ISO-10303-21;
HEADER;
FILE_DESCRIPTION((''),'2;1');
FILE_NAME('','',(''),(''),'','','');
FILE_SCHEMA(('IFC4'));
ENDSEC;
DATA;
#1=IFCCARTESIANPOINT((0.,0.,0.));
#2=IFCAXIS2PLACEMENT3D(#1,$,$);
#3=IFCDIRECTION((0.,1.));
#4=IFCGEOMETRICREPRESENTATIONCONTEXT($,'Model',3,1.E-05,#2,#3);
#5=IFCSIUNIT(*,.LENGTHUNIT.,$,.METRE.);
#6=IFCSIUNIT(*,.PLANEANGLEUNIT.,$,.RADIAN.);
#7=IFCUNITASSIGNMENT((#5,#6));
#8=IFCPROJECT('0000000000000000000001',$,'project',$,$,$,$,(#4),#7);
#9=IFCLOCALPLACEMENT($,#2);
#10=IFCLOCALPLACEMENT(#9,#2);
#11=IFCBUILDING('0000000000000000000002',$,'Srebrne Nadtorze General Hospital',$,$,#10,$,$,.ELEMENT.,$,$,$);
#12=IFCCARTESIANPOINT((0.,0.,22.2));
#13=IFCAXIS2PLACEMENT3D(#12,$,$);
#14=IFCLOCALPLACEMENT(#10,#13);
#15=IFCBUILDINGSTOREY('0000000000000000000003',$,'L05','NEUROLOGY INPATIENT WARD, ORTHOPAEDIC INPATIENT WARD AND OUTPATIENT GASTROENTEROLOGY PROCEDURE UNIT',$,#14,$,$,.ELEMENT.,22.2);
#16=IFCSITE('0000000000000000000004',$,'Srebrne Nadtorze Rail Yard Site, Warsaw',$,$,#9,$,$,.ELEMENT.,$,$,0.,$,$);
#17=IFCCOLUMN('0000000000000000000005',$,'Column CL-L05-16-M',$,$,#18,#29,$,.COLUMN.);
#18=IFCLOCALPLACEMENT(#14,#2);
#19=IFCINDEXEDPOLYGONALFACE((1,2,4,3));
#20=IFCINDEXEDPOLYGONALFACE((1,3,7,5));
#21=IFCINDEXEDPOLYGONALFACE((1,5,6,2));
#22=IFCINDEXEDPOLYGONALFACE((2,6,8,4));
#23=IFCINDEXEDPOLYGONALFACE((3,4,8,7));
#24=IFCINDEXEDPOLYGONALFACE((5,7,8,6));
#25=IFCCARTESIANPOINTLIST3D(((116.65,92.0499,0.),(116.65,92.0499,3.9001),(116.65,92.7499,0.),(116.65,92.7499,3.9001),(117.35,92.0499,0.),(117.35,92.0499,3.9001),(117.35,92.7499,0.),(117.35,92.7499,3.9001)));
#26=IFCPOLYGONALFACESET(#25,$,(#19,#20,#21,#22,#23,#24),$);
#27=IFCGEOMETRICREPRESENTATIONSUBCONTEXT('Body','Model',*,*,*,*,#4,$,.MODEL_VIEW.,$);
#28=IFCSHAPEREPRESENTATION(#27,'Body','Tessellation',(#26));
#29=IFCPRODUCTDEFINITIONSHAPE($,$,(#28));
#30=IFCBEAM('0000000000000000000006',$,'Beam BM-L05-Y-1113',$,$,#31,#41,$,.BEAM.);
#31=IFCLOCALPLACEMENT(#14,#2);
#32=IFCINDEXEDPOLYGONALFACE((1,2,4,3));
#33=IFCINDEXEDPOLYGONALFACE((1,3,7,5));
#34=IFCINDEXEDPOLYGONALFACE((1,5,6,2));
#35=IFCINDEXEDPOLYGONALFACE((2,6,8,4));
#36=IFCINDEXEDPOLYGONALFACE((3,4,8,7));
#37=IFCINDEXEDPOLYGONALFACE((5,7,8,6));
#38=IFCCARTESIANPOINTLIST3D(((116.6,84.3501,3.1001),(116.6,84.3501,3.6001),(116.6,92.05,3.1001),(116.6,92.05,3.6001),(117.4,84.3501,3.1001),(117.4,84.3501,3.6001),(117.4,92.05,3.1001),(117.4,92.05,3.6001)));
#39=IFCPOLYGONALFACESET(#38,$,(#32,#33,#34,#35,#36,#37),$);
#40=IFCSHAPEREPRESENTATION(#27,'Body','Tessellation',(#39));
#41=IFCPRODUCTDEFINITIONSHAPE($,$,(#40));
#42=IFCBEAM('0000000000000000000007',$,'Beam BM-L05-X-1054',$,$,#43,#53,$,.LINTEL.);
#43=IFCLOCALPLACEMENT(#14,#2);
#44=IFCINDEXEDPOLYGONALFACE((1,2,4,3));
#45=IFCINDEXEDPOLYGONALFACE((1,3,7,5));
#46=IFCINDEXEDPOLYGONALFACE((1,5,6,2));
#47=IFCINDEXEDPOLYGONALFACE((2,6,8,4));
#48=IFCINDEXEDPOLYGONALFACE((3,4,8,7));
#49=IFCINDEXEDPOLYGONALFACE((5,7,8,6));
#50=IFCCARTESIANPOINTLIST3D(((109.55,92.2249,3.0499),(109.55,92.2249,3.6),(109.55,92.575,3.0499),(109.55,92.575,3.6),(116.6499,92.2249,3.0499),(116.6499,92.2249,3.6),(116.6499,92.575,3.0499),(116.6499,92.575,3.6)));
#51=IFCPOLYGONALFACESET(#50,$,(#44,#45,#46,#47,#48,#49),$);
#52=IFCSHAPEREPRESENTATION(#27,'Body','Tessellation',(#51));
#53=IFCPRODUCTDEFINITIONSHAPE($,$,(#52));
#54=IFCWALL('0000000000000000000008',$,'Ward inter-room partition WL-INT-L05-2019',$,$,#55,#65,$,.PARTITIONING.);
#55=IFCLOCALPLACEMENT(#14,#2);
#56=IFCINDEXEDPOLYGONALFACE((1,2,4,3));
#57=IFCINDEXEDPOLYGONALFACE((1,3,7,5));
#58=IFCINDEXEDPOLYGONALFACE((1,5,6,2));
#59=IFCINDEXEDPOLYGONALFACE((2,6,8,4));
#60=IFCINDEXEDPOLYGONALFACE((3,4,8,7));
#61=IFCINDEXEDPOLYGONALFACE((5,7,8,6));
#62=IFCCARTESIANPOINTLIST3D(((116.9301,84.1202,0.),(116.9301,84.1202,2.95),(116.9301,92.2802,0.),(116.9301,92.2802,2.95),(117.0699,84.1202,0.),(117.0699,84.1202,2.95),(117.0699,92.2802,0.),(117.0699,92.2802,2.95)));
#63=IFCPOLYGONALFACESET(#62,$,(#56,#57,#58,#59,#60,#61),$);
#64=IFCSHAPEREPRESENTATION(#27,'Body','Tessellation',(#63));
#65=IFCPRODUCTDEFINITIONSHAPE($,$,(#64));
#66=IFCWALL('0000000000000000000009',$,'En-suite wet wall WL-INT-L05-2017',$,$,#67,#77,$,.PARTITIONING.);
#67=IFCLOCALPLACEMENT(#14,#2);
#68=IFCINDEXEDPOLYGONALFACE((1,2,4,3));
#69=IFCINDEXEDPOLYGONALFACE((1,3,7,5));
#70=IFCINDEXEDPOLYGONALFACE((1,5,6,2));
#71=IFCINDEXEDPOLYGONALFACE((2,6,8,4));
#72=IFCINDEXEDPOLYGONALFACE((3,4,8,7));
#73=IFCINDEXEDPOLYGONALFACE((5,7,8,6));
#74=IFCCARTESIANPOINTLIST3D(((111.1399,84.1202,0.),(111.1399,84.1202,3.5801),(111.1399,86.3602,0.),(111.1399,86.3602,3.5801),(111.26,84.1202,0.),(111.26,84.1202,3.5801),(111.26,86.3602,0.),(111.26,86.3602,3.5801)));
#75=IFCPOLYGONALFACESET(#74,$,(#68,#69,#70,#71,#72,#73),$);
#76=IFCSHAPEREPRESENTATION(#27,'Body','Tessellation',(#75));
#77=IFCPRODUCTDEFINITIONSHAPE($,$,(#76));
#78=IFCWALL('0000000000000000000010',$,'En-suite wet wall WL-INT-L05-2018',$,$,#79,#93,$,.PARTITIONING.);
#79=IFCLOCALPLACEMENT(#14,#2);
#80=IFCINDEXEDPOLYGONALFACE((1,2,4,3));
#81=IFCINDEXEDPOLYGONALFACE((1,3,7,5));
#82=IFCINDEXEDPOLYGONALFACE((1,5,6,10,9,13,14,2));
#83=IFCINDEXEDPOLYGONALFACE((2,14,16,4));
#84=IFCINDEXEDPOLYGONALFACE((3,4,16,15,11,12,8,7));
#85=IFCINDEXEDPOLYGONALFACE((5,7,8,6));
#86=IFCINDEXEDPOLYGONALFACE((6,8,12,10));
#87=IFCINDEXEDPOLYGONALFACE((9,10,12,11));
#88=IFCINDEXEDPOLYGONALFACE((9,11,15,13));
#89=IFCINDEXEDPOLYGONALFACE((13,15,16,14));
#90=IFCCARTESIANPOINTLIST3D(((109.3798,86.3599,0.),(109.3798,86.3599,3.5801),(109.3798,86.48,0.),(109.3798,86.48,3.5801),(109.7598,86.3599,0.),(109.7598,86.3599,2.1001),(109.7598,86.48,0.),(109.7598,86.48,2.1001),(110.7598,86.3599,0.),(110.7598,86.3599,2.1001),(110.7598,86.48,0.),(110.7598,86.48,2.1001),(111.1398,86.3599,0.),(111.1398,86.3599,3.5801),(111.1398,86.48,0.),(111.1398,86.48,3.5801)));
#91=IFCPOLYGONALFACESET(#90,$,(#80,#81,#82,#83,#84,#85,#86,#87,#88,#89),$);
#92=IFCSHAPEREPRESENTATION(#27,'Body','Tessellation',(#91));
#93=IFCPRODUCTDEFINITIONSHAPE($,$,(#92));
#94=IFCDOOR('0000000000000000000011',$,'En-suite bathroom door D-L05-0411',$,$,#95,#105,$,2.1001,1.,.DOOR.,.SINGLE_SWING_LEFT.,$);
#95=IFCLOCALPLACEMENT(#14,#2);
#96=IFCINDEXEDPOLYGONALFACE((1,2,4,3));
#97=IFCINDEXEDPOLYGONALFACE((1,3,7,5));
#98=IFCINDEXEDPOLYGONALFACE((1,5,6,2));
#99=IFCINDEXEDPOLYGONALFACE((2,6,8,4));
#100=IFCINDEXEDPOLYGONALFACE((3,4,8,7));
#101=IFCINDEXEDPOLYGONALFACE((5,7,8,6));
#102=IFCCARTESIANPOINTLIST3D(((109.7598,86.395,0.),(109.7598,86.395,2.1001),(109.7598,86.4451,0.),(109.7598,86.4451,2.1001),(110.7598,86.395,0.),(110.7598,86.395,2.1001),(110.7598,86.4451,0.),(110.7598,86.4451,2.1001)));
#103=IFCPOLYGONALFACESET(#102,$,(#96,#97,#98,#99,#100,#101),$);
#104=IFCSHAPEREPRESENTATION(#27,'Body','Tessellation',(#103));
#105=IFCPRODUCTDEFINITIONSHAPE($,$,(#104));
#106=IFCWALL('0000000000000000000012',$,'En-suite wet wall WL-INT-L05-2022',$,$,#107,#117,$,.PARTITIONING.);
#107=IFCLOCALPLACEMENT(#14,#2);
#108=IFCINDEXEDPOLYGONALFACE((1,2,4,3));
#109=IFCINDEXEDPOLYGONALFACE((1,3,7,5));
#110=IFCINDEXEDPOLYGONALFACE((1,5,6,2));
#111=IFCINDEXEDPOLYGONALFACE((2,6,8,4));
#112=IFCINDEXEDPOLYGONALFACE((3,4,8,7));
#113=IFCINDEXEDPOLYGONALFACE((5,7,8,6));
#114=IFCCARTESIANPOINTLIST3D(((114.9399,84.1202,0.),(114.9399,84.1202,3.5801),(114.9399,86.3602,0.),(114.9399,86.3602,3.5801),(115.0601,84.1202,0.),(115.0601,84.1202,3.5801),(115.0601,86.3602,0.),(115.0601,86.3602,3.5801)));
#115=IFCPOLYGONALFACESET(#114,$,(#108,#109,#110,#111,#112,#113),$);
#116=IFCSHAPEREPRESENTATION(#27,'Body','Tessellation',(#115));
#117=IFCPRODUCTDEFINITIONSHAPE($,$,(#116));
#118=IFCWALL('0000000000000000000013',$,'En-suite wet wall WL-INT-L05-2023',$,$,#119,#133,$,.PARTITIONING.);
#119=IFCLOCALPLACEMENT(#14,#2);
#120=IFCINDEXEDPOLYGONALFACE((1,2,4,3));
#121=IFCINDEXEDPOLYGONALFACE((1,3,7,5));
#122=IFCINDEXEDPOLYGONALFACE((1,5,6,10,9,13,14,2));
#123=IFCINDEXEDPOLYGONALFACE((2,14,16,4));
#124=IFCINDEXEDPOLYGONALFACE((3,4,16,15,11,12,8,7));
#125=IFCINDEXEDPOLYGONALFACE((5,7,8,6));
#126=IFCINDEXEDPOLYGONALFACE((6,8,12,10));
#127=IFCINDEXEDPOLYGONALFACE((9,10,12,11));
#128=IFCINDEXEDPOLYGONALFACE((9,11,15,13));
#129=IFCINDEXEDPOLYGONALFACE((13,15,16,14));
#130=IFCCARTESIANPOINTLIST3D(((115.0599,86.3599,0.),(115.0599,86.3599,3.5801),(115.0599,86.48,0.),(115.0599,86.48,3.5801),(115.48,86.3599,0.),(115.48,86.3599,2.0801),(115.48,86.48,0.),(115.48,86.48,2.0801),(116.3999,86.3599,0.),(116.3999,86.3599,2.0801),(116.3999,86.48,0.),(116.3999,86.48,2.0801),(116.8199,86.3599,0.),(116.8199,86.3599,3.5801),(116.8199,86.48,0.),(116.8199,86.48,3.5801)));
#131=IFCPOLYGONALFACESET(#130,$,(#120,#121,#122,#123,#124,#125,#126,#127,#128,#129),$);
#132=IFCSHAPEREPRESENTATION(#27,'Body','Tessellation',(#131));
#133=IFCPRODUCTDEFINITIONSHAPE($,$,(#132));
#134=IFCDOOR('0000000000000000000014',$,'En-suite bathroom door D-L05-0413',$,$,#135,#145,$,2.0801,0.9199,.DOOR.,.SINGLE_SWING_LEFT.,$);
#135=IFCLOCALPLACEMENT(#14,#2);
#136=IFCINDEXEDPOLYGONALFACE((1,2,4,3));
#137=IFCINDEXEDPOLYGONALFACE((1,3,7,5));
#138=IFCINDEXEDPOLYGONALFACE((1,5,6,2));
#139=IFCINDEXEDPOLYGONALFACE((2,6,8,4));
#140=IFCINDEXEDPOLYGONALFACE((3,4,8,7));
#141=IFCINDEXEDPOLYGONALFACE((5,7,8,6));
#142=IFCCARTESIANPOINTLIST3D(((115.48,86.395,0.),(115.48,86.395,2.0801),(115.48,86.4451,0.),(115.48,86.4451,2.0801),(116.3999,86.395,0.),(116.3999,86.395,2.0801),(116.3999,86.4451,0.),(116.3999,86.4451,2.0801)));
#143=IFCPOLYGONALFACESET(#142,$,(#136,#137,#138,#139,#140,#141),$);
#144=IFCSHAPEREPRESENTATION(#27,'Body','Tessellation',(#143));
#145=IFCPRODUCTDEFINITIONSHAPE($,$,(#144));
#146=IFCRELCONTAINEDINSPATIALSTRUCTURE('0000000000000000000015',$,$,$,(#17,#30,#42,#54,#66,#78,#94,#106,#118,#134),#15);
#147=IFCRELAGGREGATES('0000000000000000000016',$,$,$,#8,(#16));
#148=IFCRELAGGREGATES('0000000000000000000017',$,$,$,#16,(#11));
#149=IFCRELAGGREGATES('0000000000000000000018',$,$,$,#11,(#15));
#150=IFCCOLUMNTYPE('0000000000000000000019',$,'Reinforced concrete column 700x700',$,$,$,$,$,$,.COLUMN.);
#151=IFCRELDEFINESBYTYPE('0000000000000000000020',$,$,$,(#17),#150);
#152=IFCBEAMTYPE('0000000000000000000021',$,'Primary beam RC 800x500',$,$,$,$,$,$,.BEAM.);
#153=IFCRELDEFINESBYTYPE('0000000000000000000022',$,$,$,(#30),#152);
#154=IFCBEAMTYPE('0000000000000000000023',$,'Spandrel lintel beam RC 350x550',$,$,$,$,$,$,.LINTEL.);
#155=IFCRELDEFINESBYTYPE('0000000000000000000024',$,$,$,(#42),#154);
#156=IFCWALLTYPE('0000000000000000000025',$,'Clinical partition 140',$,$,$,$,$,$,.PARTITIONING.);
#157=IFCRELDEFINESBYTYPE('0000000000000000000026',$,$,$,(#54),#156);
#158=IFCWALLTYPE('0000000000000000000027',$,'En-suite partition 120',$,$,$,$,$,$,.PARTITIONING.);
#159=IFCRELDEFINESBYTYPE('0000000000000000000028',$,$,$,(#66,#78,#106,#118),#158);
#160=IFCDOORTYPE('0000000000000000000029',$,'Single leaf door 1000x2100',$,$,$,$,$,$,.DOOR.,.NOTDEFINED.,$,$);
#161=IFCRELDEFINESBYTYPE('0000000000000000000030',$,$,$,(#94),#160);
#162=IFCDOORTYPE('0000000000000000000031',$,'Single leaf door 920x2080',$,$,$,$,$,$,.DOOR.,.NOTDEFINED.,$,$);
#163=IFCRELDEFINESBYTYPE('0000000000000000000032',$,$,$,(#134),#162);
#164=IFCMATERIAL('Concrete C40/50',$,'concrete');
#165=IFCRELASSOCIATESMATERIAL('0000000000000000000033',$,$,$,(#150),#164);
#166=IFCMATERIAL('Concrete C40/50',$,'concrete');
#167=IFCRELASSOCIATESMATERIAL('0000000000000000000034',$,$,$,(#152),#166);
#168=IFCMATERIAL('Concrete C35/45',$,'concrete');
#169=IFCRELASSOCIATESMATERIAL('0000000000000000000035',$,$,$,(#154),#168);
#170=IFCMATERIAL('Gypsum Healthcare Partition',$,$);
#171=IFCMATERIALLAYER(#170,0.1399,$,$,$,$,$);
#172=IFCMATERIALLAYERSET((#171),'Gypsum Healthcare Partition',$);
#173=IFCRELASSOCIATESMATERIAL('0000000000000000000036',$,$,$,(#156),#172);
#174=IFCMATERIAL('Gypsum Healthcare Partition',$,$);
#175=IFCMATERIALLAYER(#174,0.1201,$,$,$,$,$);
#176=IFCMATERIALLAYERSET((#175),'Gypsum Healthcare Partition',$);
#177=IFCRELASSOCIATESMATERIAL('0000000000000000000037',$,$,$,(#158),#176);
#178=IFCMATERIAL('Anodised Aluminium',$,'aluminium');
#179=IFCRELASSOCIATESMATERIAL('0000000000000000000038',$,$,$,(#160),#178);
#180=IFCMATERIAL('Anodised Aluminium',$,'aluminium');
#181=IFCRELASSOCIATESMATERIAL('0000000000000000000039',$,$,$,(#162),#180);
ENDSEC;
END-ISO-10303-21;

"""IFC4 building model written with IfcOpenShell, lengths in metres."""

from ifc_helpers import new_model, si_unit, direction, frame, frame_2d, origin, origin_2d, place, context, subcontext, project, spatial, rectangle, extrude, material, layer, layer_set, material_profile, profile_set, type_object, element, fill, save


model = new_model("IFC4")

# Units and contexts
model_context = context("Model", 3, precision=1e-05, world=origin(), true_north=direction((0.0, 1.0)))
body_context = subcontext(model_context, "Body", "Model", "MODEL_VIEW")
ifc_project = project(units=[si_unit("LENGTHUNIT", "METRE"), si_unit("PLANEANGLEUNIT", "RADIAN")], contexts=[model_context])

# Site, building, storey
site_placement = place(None, origin())
site = spatial("IfcSite", under=ifc_project, at=site_placement, Name="Srebrne Nadtorze Rail Yard Site, Warsaw", CompositionType="ELEMENT", RefElevation=0.0)
building_placement = place(site_placement, origin())
building = spatial("IfcBuilding", under=site, at=building_placement, Name="Srebrne Nadtorze General Hospital", CompositionType="ELEMENT")
storey_placement = place(building_placement, frame((0.0, 0.0, 22.2)))
storey = spatial("IfcBuildingStorey", under=building, at=storey_placement, Name="L05", Description="NEUROLOGY INPATIENT WARD, ORTHOPAEDIC INPATIENT WARD AND OUTPATIENT GASTROENTEROLOGY PROCEDURE UNIT", CompositionType="ELEMENT", Elevation=22.2)

# Column
ifc_material_1 = material(Name="Concrete C40/50", Category="concrete")
ifc_material_profile_1 = material_profile(ifc_material_1, rectangle(XDim=0.7, YDim=0.7, at=origin_2d()), Name="RC-COL-700x700")
ifc_profile_set_1 = profile_set([ifc_material_profile_1], Name="Concrete C40/50")
column_type = type_object("IfcColumnType", Name="Reinforced concrete column 700x700", PredefinedType="COLUMN", material=ifc_profile_set_1)
column_placement = place(storey_placement, frame((117.0, 92.3999, 0.0), z_axis=(0.0, 0.0, 1.0), x_axis=(1.0, 0.0, 0.0)))
element("IfcColumn", 1, at=column_placement, inside=storey, type_object=column_type, Name="Column CL-L05-16-M", PredefinedType="COLUMN", context=body_context, shape_type="SweptSolid", body=[
    extrude(rectangle(XDim=0.7, YDim=0.7, at=origin_2d()), origin(), (0.0, 0.0, 1.0), 3.9001),
])

# Beams
ifc_material_2 = material(Name="Concrete C40/50", Category="concrete")
ifc_material_profile_2 = material_profile(ifc_material_2, rectangle(XDim=0.8, YDim=0.5, at=origin_2d()), Name="RC-BM-800x500")
ifc_profile_set_2 = profile_set([ifc_material_profile_2], Name="Concrete C40/50")
beam_type_1 = type_object("IfcBeamType", Name="Primary beam RC 800x500", PredefinedType="BEAM", material=ifc_profile_set_2)
beam_1_placement = place(storey_placement, frame((117.0, 84.3501, 3.3501), z_axis=(0.0, 1.0, 0.0), x_axis=(-1.0, 0.0, 0.0)))
element("IfcBeam", 2, at=beam_1_placement, inside=storey, type_object=beam_type_1, Name="Beam BM-L05-Y-1113", PredefinedType="BEAM", context=body_context, shape_type="SweptSolid", body=[
    extrude(rectangle(XDim=0.8, YDim=0.5, at=origin_2d()), origin(), (0.0, 0.0, 1.0), 7.7),
])
ifc_material_3 = material(Name="Concrete C35/45", Category="concrete")
ifc_material_profile_3 = material_profile(ifc_material_3, rectangle(XDim=0.3501, YDim=0.55, at=origin_2d()), Name="RC-BM-350x550")
ifc_profile_set_3 = profile_set([ifc_material_profile_3], Name="Concrete C35/45")
beam_type_2 = type_object("IfcBeamType", Name="Spandrel lintel beam RC 350x550", PredefinedType="LINTEL", material=ifc_profile_set_3)
beam_2_placement = place(storey_placement, frame((109.55, 92.3999, 3.325), z_axis=(1.0, 0.0, 0.0), x_axis=(0.0, 1.0, 0.0)))
element("IfcBeam", 3, at=beam_2_placement, inside=storey, type_object=beam_type_2, Name="Beam BM-L05-X-1054", PredefinedType="LINTEL", context=body_context, shape_type="SweptSolid", body=[
    extrude(rectangle(XDim=0.3501, YDim=0.55, at=origin_2d()), origin(), (0.0, 0.0, 1.0), 7.0999),
])

# Walls
ifc_material_4 = material(Name="Gypsum Healthcare Partition")
ifc_layer_1 = layer(ifc_material_4, 0.1399)
ifc_layer_set_1 = layer_set([ifc_layer_1], Name="Gypsum Healthcare Partition")
wall_type_1 = type_object("IfcWallType", Name="Clinical partition 140", PredefinedType="PARTITIONING", material=ifc_layer_set_1)
wall_1_placement = place(storey_placement, frame((117.0, 84.1201, 0.0), z_axis=(0.0, 0.0, 1.0), x_axis=(0.0, 1.0, 0.0)))
element("IfcWall", 4, at=wall_1_placement, inside=storey, type_object=wall_type_1, Name="Ward inter-room partition WL-INT-L05-2019", PredefinedType="PARTITIONING", context=body_context, shape_type="SweptSolid", body=[
    extrude(rectangle(XDim=8.1599, YDim=0.1399, at=frame_2d((4.0801, 0.0))), origin(), (0.0, 0.0, 1.0), 2.95),
])
ifc_material_5 = material(Name="Gypsum Healthcare Partition")
ifc_layer_2 = layer(ifc_material_5, 0.1201)
ifc_layer_set_2 = layer_set([ifc_layer_2], Name="Gypsum Healthcare Partition")
wall_type_2 = type_object("IfcWallType", Name="En-suite partition 120", PredefinedType="PARTITIONING", material=ifc_layer_set_2)
wall_2_placement = place(storey_placement, frame((111.2, 84.1201, 0.0), z_axis=(0.0, 0.0, 1.0), x_axis=(0.0, 1.0, 0.0)))
element("IfcWall", 5, at=wall_2_placement, inside=storey, type_object=wall_type_2, Name="En-suite wet wall WL-INT-L05-2017", PredefinedType="PARTITIONING", context=body_context, shape_type="SweptSolid", body=[
    extrude(rectangle(XDim=2.24, YDim=0.1201, at=frame_2d((1.1201, 0.0))), origin(), (0.0, 0.0, 1.0), 3.5801),
])

# Wall, opening, door
wall_3_placement = place(storey_placement, frame((109.3799, 86.4199, 0.0), z_axis=(0.0, 0.0, 1.0), x_axis=(1.0, 0.0, 0.0)))
wall_3 = element("IfcWall", 6, at=wall_3_placement, inside=storey, type_object=wall_type_2, Name="En-suite wet wall WL-INT-L05-2018", PredefinedType="PARTITIONING", context=body_context, shape_type="SweptSolid", body=[
    extrude(rectangle(XDim=1.76, YDim=0.1201, at=frame_2d((0.8799, 0.0))), origin(), (0.0, 0.0, 1.0), 3.5801),
])
opening_1_placement = place(wall_3_placement, frame((0.3799, 0.0, 0.0)))
opening_1 = element("IfcOpeningElement", 7, at=opening_1_placement, cuts=wall_3, PredefinedType="OPENING", context=body_context, shape_type="SweptSolid", body=[
    extrude(rectangle(XDim=1.0, YDim=2.1001, at=frame_2d((0.5, 1.05))), frame((0.0, 0.072, 0.0), z_axis=(0.0, -1.0, 0.0), x_axis=(1.0, 0.0, 0.0)), (0.0, 0.0, 1.0), 0.144),
])
ifc_material_6 = material(Name="Anodised Aluminium", Category="aluminium")
door_type_1 = type_object("IfcDoorType", Name="Single leaf door 1000x2100", OperationType="NOTDEFINED", PredefinedType="DOOR", material=ifc_material_6)
door_1_placement = place(opening_1_placement, frame((1.0, 0.0, 0.0), z_axis=(0.0, 0.0, 1.0), x_axis=(-1.0, 0.0, 0.0)))
door_1 = element("IfcDoor", 8, at=door_1_placement, inside=storey, type_object=door_type_1, Name="En-suite bathroom door D-L05-0411", OperationType="SINGLE_SWING_LEFT", OverallHeight=2.1001, OverallWidth=1.0, PredefinedType="DOOR", context=body_context, shape_type="SweptSolid", body=[
    extrude(rectangle(XDim=1.0, YDim=2.1001, at=frame_2d((0.5, 1.05))), frame((0.0, 0.0249, 0.0), z_axis=(0.0, -1.0, 0.0), x_axis=(1.0, 0.0, 0.0)), (0.0, 0.0, 1.0), 0.05),
])
fill(opening_1, door_1)

# Wall
wall_4_placement = place(storey_placement, frame((115.0, 84.1201, 0.0), z_axis=(0.0, 0.0, 1.0), x_axis=(0.0, 1.0, 0.0)))
element("IfcWall", 9, at=wall_4_placement, inside=storey, type_object=wall_type_2, Name="En-suite wet wall WL-INT-L05-2022", PredefinedType="PARTITIONING", context=body_context, shape_type="SweptSolid", body=[
    extrude(rectangle(XDim=2.24, YDim=0.1201, at=frame_2d((1.1201, 0.0))), origin(), (0.0, 0.0, 1.0), 3.5801),
])

# Wall, opening, door
wall_5_placement = place(storey_placement, frame((115.0601, 86.4199, 0.0), z_axis=(0.0, 0.0, 1.0), x_axis=(1.0, 0.0, 0.0)))
wall_5 = element("IfcWall", 10, at=wall_5_placement, inside=storey, type_object=wall_type_2, Name="En-suite wet wall WL-INT-L05-2023", PredefinedType="PARTITIONING", context=body_context, shape_type="SweptSolid", body=[
    extrude(rectangle(XDim=1.76, YDim=0.1201, at=frame_2d((0.8799, 0.0))), origin(), (0.0, 0.0, 1.0), 3.5801),
])
opening_2_placement = place(wall_5_placement, frame((0.4199, 0.0, 0.0)))
opening_2 = element("IfcOpeningElement", 11, at=opening_2_placement, cuts=wall_5, PredefinedType="OPENING", context=body_context, shape_type="SweptSolid", body=[
    extrude(rectangle(XDim=0.9199, YDim=2.0801, at=frame_2d((0.46, 1.04))), frame((0.0, 0.072, 0.0), z_axis=(0.0, -1.0, 0.0), x_axis=(1.0, 0.0, 0.0)), (0.0, 0.0, 1.0), 0.144),
])
ifc_material_7 = material(Name="Anodised Aluminium", Category="aluminium")
door_type_2 = type_object("IfcDoorType", Name="Single leaf door 920x2080", OperationType="NOTDEFINED", PredefinedType="DOOR", material=ifc_material_7)
door_2_placement = place(opening_2_placement, frame((0.9199, 0.0, 0.0), z_axis=(0.0, 0.0, 1.0), x_axis=(-1.0, 0.0, 0.0)))
door_2 = element("IfcDoor", 12, at=door_2_placement, inside=storey, type_object=door_type_2, Name="En-suite bathroom door D-L05-0413", OperationType="SINGLE_SWING_LEFT", OverallHeight=2.0801, OverallWidth=0.9199, PredefinedType="DOOR", context=body_context, shape_type="SweptSolid", body=[
    extrude(rectangle(XDim=0.9199, YDim=2.0801, at=frame_2d((0.46, 1.04))), frame((0.0, 0.0249, 0.0), z_axis=(0.0, -1.0, 0.0), x_axis=(1.0, 0.0, 0.0)), (0.0, 0.0, 1.0), 0.05),
])
fill(opening_2, door_2)

save(model, "model.ifc")
